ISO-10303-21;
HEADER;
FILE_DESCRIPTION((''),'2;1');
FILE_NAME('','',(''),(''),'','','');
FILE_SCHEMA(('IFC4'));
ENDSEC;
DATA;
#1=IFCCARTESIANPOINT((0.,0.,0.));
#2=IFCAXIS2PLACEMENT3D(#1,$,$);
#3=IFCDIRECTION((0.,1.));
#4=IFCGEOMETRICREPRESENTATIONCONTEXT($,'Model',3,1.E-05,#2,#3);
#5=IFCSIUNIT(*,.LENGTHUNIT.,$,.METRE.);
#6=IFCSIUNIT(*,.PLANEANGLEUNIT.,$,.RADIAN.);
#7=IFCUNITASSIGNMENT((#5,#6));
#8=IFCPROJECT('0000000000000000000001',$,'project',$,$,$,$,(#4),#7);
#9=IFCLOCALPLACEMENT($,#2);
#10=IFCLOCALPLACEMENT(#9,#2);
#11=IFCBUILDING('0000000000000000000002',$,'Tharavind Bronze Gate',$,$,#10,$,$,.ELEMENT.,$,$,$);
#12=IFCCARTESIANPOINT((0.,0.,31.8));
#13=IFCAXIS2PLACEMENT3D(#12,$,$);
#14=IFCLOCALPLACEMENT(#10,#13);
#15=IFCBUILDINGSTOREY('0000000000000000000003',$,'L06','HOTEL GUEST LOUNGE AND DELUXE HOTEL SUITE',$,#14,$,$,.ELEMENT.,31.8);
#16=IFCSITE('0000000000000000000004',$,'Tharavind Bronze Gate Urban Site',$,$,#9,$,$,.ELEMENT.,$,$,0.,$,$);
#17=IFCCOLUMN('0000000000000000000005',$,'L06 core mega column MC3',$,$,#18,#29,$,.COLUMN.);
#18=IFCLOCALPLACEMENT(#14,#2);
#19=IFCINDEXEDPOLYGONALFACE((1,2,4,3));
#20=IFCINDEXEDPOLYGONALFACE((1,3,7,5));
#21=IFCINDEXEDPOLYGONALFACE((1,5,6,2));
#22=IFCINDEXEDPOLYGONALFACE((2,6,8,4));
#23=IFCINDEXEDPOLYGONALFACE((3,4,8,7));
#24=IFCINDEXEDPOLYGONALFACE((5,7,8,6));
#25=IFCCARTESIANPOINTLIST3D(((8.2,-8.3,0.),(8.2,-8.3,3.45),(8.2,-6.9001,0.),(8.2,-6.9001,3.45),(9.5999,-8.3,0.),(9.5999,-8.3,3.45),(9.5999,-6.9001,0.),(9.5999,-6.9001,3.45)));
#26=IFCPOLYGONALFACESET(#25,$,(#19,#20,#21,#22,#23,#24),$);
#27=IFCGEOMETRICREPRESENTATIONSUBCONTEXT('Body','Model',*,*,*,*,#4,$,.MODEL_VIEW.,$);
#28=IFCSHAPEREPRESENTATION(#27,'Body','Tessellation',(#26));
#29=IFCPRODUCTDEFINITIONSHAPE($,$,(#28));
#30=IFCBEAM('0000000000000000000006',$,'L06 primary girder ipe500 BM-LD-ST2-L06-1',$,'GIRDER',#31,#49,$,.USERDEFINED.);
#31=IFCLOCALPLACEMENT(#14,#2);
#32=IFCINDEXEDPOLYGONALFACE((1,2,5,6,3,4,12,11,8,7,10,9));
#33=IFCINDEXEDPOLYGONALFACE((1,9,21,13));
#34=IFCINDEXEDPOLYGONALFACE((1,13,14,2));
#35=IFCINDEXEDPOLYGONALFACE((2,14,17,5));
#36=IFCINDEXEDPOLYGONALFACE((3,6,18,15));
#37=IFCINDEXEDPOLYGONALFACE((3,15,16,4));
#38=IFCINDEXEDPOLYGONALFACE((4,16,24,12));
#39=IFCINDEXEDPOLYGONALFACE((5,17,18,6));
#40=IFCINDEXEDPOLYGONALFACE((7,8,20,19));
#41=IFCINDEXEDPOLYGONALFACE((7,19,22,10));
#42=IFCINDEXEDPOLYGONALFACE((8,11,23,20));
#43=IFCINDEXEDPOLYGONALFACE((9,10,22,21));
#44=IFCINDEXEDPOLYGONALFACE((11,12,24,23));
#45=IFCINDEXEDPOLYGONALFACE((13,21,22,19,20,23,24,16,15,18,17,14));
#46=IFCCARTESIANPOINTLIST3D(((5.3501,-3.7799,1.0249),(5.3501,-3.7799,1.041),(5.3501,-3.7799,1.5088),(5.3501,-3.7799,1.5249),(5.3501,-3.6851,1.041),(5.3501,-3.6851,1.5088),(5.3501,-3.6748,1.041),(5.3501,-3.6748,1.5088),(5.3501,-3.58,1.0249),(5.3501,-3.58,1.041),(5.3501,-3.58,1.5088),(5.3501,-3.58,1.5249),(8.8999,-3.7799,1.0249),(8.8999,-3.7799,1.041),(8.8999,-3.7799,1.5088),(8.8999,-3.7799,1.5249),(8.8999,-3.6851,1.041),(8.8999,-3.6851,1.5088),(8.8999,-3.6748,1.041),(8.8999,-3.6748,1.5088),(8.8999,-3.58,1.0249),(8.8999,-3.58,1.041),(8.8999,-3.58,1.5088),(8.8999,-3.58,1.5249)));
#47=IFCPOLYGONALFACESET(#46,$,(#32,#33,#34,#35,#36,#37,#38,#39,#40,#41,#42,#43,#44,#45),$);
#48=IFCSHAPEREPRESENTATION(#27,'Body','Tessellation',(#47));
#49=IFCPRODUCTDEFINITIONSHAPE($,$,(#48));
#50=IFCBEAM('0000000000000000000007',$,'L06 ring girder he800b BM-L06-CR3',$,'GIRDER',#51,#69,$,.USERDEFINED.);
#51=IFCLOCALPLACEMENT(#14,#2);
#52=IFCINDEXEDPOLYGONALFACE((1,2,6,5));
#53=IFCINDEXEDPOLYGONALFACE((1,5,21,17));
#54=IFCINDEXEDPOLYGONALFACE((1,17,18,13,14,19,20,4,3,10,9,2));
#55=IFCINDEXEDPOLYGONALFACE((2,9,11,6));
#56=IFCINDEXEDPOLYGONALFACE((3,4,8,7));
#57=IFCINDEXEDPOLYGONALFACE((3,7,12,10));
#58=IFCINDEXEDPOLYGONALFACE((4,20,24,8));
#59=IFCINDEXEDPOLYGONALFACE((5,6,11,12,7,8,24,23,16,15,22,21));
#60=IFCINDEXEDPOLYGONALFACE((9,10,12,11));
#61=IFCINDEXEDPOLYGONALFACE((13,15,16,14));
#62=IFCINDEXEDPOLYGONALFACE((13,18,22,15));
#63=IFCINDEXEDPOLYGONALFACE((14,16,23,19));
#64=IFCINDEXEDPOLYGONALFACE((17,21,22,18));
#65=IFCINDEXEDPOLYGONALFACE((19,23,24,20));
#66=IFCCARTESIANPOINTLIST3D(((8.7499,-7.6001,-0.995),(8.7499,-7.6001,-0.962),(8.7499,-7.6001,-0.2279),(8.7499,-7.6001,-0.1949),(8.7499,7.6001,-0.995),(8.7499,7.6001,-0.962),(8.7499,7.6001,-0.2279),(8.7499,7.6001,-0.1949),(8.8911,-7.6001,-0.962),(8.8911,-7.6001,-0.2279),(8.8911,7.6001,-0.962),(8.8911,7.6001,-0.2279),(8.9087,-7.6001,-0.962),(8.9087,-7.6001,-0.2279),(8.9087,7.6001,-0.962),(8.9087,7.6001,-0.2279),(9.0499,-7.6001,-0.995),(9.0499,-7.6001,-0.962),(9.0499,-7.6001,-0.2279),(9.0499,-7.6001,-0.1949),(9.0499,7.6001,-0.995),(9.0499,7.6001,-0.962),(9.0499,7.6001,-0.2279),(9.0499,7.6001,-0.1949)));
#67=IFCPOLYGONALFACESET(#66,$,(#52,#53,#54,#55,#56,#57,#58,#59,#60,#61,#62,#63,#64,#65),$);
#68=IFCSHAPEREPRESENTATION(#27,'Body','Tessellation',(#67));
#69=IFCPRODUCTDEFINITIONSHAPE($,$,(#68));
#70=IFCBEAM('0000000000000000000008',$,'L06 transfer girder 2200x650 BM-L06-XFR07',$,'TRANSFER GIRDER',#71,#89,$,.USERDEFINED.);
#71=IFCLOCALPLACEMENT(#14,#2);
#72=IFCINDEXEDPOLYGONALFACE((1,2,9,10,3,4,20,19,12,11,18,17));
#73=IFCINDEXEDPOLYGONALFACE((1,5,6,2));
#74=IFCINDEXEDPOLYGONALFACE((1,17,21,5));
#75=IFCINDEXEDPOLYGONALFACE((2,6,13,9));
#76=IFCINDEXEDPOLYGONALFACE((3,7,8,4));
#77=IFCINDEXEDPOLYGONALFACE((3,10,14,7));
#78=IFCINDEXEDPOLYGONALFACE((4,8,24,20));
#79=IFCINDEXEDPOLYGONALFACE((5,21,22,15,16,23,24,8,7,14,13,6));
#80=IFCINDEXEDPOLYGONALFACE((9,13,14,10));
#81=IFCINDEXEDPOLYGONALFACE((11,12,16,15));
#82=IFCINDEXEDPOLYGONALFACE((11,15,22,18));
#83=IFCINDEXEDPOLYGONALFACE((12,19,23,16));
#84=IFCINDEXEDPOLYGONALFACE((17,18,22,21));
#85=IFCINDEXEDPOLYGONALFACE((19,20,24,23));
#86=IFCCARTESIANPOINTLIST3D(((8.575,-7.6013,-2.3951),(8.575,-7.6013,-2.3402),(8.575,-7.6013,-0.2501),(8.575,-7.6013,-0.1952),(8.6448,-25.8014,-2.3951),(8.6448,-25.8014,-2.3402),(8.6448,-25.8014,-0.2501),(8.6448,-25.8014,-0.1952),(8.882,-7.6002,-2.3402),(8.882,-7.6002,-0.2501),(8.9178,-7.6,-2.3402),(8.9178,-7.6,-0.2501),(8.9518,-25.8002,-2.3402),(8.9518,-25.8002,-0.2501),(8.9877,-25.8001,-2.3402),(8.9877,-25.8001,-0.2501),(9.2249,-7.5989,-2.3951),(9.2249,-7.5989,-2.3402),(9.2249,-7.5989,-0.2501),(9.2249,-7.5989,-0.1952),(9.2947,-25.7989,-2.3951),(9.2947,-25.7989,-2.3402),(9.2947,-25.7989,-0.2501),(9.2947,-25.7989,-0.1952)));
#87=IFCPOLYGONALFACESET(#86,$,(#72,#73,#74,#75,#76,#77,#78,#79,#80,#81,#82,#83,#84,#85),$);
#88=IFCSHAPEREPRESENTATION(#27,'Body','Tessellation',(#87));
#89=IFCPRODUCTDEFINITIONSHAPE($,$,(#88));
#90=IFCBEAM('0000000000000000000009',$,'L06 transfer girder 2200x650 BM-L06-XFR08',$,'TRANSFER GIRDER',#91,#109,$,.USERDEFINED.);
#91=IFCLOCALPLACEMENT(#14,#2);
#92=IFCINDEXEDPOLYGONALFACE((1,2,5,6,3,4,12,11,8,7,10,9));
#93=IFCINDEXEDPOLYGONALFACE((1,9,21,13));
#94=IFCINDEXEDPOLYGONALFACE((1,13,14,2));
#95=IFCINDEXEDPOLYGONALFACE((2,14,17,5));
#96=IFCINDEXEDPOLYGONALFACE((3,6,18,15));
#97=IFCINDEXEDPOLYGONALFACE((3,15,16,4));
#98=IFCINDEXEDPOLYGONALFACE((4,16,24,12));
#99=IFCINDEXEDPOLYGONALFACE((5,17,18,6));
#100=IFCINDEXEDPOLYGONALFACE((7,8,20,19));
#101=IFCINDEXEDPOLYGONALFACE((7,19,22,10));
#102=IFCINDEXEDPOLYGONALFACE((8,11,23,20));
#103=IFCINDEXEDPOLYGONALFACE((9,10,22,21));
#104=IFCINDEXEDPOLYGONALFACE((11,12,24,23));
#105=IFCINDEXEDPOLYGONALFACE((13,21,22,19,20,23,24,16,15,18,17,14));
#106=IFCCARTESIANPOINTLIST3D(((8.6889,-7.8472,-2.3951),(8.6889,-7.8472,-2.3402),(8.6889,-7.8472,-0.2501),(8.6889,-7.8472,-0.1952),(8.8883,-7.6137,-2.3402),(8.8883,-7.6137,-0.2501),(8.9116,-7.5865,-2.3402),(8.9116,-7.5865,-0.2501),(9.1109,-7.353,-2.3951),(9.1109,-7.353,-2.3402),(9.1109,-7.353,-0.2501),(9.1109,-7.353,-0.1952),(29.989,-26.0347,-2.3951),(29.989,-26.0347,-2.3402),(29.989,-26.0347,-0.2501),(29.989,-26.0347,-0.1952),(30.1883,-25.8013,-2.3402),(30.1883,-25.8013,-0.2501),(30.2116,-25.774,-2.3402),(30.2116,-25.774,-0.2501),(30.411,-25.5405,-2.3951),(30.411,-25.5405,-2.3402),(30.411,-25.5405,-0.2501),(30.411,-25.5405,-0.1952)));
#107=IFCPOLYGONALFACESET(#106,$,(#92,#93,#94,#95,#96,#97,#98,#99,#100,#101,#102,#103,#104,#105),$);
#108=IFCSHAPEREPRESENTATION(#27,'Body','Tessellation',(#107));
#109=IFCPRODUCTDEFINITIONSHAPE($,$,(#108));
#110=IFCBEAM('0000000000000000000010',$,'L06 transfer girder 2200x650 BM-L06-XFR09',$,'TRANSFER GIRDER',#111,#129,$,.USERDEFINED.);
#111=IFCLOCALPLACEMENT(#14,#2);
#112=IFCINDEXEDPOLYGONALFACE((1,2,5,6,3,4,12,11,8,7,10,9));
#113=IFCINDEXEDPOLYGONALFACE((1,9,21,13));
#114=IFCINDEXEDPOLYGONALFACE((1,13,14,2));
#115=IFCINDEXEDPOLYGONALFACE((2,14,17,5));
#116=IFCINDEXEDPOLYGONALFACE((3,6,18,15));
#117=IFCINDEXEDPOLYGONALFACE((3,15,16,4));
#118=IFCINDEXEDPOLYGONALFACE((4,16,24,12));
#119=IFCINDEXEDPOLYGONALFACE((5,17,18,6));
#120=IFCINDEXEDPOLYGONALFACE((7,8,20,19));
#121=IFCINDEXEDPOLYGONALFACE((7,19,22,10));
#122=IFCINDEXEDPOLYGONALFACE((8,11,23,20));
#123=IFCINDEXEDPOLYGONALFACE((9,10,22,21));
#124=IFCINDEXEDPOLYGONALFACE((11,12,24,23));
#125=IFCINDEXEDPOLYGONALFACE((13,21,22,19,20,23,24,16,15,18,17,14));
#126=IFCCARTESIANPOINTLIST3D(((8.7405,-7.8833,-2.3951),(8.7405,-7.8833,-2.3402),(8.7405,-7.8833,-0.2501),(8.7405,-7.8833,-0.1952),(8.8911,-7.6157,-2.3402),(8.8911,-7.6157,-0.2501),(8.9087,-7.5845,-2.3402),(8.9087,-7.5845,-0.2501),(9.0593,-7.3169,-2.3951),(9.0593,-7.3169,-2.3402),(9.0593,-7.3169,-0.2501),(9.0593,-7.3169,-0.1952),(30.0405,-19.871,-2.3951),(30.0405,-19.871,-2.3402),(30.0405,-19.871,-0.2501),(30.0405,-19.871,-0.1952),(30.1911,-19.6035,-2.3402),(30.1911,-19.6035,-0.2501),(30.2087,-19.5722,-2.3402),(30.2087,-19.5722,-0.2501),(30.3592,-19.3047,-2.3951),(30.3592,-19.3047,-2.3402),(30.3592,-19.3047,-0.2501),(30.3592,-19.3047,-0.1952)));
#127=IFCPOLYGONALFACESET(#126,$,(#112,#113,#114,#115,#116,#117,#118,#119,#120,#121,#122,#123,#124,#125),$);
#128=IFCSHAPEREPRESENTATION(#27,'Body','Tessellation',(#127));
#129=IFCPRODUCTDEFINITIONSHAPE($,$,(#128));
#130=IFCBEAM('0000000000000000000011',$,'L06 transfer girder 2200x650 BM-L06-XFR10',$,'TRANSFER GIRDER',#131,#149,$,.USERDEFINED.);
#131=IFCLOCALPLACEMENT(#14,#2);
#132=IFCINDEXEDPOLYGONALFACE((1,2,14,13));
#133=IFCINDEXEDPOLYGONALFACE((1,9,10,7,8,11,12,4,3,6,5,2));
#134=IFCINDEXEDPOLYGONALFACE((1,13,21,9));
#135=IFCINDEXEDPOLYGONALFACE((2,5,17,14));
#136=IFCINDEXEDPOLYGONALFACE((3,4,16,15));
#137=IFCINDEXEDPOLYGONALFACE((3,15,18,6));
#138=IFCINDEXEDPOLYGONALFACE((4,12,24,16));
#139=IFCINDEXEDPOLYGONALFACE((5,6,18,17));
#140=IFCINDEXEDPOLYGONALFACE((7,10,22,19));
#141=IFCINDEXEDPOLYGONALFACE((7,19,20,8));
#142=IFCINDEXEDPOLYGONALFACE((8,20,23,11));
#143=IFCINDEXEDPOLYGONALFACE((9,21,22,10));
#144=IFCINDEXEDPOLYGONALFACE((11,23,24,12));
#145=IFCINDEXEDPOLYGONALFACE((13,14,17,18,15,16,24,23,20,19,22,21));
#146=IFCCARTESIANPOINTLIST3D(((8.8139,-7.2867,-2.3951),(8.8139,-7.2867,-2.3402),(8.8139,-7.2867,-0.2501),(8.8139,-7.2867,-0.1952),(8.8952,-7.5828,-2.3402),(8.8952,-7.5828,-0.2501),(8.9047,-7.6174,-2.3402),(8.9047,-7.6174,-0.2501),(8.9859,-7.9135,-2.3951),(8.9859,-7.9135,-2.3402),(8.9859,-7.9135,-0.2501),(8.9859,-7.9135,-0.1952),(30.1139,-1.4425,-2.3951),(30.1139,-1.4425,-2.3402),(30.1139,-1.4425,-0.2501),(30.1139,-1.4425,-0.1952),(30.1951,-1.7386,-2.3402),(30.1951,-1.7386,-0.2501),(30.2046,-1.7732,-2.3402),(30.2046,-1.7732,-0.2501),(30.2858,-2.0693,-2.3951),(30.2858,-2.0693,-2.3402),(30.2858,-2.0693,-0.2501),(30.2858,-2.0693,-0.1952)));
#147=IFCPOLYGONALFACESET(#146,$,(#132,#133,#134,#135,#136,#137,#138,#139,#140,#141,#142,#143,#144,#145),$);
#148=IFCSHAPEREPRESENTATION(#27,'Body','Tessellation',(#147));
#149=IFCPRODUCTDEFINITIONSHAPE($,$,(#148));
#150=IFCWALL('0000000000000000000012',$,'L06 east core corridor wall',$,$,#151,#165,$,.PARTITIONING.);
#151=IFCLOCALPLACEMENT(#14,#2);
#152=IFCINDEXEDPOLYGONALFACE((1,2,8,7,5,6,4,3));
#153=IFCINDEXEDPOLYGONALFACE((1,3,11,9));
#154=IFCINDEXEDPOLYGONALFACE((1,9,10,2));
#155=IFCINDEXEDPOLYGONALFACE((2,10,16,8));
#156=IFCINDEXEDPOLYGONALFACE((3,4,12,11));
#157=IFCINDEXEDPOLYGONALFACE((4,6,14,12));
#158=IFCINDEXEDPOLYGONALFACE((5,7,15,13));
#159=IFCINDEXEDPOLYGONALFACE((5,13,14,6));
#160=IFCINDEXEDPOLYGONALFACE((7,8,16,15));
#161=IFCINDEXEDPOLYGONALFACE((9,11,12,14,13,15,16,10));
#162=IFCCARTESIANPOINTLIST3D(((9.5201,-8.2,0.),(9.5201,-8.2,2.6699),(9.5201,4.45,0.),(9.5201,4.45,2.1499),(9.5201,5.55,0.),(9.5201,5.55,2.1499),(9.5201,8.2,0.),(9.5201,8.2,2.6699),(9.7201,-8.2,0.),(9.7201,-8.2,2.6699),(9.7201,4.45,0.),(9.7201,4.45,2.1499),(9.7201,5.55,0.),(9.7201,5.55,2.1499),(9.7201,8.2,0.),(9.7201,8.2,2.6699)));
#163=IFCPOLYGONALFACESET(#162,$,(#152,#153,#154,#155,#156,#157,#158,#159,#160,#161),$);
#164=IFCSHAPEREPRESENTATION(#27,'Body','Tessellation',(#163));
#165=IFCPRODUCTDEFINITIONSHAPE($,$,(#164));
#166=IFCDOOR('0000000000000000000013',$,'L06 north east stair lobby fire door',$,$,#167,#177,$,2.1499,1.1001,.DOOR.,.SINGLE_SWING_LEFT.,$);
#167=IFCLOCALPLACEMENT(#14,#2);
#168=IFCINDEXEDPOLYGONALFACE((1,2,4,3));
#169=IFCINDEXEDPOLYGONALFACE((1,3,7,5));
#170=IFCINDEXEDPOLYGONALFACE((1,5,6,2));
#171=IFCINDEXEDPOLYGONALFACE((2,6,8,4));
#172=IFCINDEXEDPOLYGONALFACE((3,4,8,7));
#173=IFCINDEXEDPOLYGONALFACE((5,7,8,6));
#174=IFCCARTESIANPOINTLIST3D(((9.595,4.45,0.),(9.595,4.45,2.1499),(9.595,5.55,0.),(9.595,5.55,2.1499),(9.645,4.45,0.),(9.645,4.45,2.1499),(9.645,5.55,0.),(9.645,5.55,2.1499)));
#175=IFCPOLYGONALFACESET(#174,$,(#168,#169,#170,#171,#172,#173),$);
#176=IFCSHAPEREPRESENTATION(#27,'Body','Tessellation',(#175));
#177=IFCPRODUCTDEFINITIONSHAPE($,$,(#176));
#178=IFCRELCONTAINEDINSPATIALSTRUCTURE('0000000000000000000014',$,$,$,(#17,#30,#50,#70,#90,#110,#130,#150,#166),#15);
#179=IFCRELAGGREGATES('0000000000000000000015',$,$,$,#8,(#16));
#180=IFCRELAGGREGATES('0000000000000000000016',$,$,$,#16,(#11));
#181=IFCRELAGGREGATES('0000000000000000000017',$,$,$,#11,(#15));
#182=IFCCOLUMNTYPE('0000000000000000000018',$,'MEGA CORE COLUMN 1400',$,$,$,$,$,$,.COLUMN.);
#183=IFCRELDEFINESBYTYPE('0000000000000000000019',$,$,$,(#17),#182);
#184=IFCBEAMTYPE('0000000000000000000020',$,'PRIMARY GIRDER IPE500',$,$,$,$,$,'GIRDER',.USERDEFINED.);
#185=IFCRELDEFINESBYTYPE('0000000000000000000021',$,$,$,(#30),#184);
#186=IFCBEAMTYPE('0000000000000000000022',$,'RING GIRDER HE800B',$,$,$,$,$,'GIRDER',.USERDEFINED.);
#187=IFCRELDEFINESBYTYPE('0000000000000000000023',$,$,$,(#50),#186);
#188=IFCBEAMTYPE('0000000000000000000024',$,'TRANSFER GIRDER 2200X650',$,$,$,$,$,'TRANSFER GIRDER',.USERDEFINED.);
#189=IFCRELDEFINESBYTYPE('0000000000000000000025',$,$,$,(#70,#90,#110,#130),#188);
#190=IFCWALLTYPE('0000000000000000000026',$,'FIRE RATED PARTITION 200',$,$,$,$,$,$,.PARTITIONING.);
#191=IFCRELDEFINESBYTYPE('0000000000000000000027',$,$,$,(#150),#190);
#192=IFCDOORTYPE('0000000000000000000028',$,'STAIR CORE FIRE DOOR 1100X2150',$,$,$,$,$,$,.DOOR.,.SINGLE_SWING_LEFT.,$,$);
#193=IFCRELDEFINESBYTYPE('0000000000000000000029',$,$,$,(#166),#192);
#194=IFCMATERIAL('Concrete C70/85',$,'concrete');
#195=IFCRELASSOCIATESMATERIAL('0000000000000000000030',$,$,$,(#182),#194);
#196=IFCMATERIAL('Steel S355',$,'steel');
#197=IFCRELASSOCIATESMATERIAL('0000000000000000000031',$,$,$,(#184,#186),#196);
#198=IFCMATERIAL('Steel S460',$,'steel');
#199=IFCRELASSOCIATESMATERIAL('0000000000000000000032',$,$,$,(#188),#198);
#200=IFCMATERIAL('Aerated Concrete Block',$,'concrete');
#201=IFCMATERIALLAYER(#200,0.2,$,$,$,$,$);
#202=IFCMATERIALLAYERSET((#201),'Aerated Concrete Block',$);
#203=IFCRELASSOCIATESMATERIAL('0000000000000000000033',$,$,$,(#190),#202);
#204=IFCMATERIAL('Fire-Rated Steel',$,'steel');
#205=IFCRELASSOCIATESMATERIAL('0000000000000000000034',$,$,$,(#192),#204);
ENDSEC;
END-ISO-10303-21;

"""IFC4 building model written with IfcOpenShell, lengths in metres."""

from ifc_helpers import new_model, si_unit, direction, frame, frame_2d, origin, origin_2d, place, context, subcontext, project, spatial, rectangle, i_section, extrude, material, layer, layer_set, material_profile, profile_set, type_object, element, fill, save


model = new_model("IFC4")

# Units and contexts
model_context = context("Model", 3, precision=1e-05, world=origin(), true_north=direction((0.0, 1.0)))
body_context = subcontext(model_context, "Body", "Model", "MODEL_VIEW")
ifc_project = project(units=[si_unit("LENGTHUNIT", "METRE"), si_unit("PLANEANGLEUNIT", "RADIAN")], contexts=[model_context])

# Site, building, storey
site_placement = place(None, origin())
site = spatial("IfcSite", under=ifc_project, at=site_placement, Name="Tharavind Bronze Gate Urban Site", CompositionType="ELEMENT", RefElevation=0.0)
building_placement = place(site_placement, origin())
building = spatial("IfcBuilding", under=site, at=building_placement, Name="Tharavind Bronze Gate", CompositionType="ELEMENT")
storey_placement = place(building_placement, frame((0.0, 0.0, 31.8)))
storey = spatial("IfcBuildingStorey", under=building, at=storey_placement, Name="L06", Description="HOTEL GUEST LOUNGE AND DELUXE HOTEL SUITE", CompositionType="ELEMENT", Elevation=31.8)

# Column
ifc_material_1 = material(Name="Concrete C70/85", Category="concrete")
ifc_material_profile_1 = material_profile(ifc_material_1, rectangle(XDim=1.3999, YDim=1.3999, at=origin_2d()), Name="RCCOL1400")
ifc_profile_set_1 = profile_set([ifc_material_profile_1], Name="Concrete C70/85")
column_type = type_object("IfcColumnType", Name="MEGA CORE COLUMN 1400", PredefinedType="COLUMN", material=ifc_profile_set_1)
column_placement = place(storey_placement, frame((8.8999, -7.6001, 0.0), z_axis=(0.0, 0.0, 1.0), x_axis=(1.0, 0.0, 0.0)))
element("IfcColumn", 1, at=column_placement, inside=storey, type_object=column_type, Name="L06 core mega column MC3", PredefinedType="COLUMN", context=body_context, shape_type="SweptSolid", body=[
    extrude(rectangle(XDim=1.3999, YDim=1.3999, at=origin_2d()), origin(), (0.0, 0.0, 1.0), 3.45),
])

# Beams
ifc_material_2 = material(Name="Steel S355", Category="steel")
ifc_material_profile_2 = material_profile(ifc_material_2, i_section(OverallWidth=0.2, OverallDepth=0.5, WebThickness=0.0103, FlangeThickness=0.0161, at=origin_2d()), Name="IPE500")
ifc_profile_set_2 = profile_set([ifc_material_profile_2], Name="Steel S355")
beam_type_1 = type_object("IfcBeamType", Name="PRIMARY GIRDER IPE500", ElementType="GIRDER", PredefinedType="USERDEFINED", material=ifc_profile_set_2)
beam_1_placement = place(storey_placement, frame((5.3501, -3.6799, 1.2749), z_axis=(1.0, 0.0, 0.0), x_axis=(0.0, 1.0, 0.0)))
element("IfcBeam", 2, at=beam_1_placement, inside=storey, type_object=beam_type_1, Name="L06 primary girder ipe500 BM-LD-ST2-L06-1", ObjectType="GIRDER", PredefinedType="USERDEFINED", context=body_context, shape_type="SweptSolid", body=[
    extrude(i_section(OverallWidth=0.2, OverallDepth=0.5, WebThickness=0.0103, FlangeThickness=0.0161, at=origin_2d()), origin(), (0.0, 0.0, 1.0), 3.5498),
])
ifc_material_profile_3 = material_profile(ifc_material_2, i_section(OverallWidth=0.3, OverallDepth=0.8, WebThickness=0.0176, FlangeThickness=0.033, at=origin_2d()), Name="HE800B")
ifc_profile_set_3 = profile_set([ifc_material_profile_3], Name="Steel S355")
beam_type_2 = type_object("IfcBeamType", Name="RING GIRDER HE800B", ElementType="GIRDER", PredefinedType="USERDEFINED", material=ifc_profile_set_3)
beam_2_placement = place(storey_placement, frame((8.8999, -7.6001, -0.595), z_axis=(0.0, 1.0, 0.0), x_axis=(-1.0, 0.0, 0.0)))
element("IfcBeam", 3, at=beam_2_placement, inside=storey, type_object=beam_type_2, Name="L06 ring girder he800b BM-L06-CR3", ObjectType="GIRDER", PredefinedType="USERDEFINED", context=body_context, shape_type="SweptSolid", body=[
    extrude(i_section(OverallWidth=0.3, OverallDepth=0.8, WebThickness=0.0176, FlangeThickness=0.033, at=origin_2d()), origin(), (0.0, 0.0, 1.0), 15.2002),
])
ifc_material_3 = material(Name="Steel S460", Category="steel")
ifc_material_profile_4 = material_profile(ifc_material_3, i_section(OverallWidth=0.6499, OverallDepth=2.2, WebThickness=0.0359, FlangeThickness=0.0549, at=origin_2d()), Name="PG2200X650")
ifc_profile_set_4 = profile_set([ifc_material_profile_4], Name="Steel S460")
beam_type_3 = type_object("IfcBeamType", Name="TRANSFER GIRDER 2200X650", ElementType="TRANSFER GIRDER", PredefinedType="USERDEFINED", material=ifc_profile_set_4)
beam_3_placement = place(storey_placement, frame((8.8999, -7.6001, -1.2952), z_axis=(0.003836, -0.999993, 0.0), x_axis=(0.999993, 0.003836, 0.0)))
element("IfcBeam", 4, at=beam_3_placement, inside=storey, type_object=beam_type_3, Name="L06 transfer girder 2200x650 BM-L06-XFR07", ObjectType="TRANSFER GIRDER", PredefinedType="USERDEFINED", context=body_context, shape_type="SweptSolid", body=[
    extrude(i_section(OverallWidth=0.6499, OverallDepth=2.2, WebThickness=0.0359, FlangeThickness=0.0549, at=origin_2d()), origin(), (0.0, 0.0, 1.0), 18.2002),
])
beam_4_placement = place(storey_placement, frame((8.8999, -7.6001, -1.2952), z_axis=(0.760485, -0.649356, 0.0), x_axis=(0.649356, 0.760485, 0.0)))
element("IfcBeam", 5, at=beam_4_placement, inside=storey, type_object=beam_type_3, Name="L06 transfer girder 2200x650 BM-L06-XFR08", ObjectType="TRANSFER GIRDER", PredefinedType="USERDEFINED", context=body_context, shape_type="SweptSolid", body=[
    extrude(i_section(OverallWidth=0.6499, OverallDepth=2.2, WebThickness=0.0359, FlangeThickness=0.0549, at=origin_2d()), origin(), (0.0, 0.0, 1.0), 28.0085),
])
beam_5_placement = place(storey_placement, frame((8.8999, -7.6001, -1.2952), z_axis=(0.871462, -0.490464, 0.0), x_axis=(0.490464, 0.871462, 0.0)))
element("IfcBeam", 6, at=beam_5_placement, inside=storey, type_object=beam_type_3, Name="L06 transfer girder 2200x650 BM-L06-XFR09", ObjectType="TRANSFER GIRDER", PredefinedType="USERDEFINED", context=body_context, shape_type="SweptSolid", body=[
    extrude(i_section(OverallWidth=0.6499, OverallDepth=2.2, WebThickness=0.0359, FlangeThickness=0.0549, at=origin_2d()), origin(), (0.0, 0.0, 1.0), 24.4417),
])
beam_6_placement = place(storey_placement, frame((8.8999, -7.6001, -1.2952), z_axis=(0.964359, 0.264598, 0.0), x_axis=(-0.264598, 0.964359, 0.0)))
element("IfcBeam", 7, at=beam_6_placement, inside=storey, type_object=beam_type_3, Name="L06 transfer girder 2200x650 BM-L06-XFR10", ObjectType="TRANSFER GIRDER", PredefinedType="USERDEFINED", context=body_context, shape_type="SweptSolid", body=[
    extrude(i_section(OverallWidth=0.6499, OverallDepth=2.2, WebThickness=0.0359, FlangeThickness=0.0549, at=origin_2d()), origin(), (0.0, 0.0, 1.0), 22.0872),
])

# Wall, opening, door
ifc_material_4 = material(Name="Aerated Concrete Block", Category="concrete")
ifc_layer_1 = layer(ifc_material_4, 0.2)
ifc_layer_set_1 = layer_set([ifc_layer_1], Name="Aerated Concrete Block")
wall_type_1 = type_object("IfcWallType", Name="FIRE RATED PARTITION 200", PredefinedType="PARTITIONING", material=ifc_layer_set_1)
wall_1_placement = place(storey_placement, frame((9.6201, -8.2, 0.0), z_axis=(0.0, 0.0, 1.0), x_axis=(0.0, 1.0, 0.0)))
wall_1 = element("IfcWall", 8, at=wall_1_placement, inside=storey, type_object=wall_type_1, Name="L06 east core corridor wall", PredefinedType="PARTITIONING", context=body_context, shape_type="SweptSolid", body=[
    extrude(rectangle(XDim=16.3999, YDim=0.2, at=frame_2d((8.2, 0.0))), origin(), (0.0, 0.0, 1.0), 2.6699),
])
opening_1_placement = place(wall_1_placement, frame((12.6499, 0.0, 0.0)))
opening_1 = element("IfcOpeningElement", 9, at=opening_1_placement, cuts=wall_1, PredefinedType="OPENING", context=body_context, shape_type="SweptSolid", body=[
    extrude(rectangle(XDim=1.1001, YDim=2.1499, at=frame_2d((0.55, 1.075))), frame((0.0, 0.1101, 0.0), z_axis=(0.0, -1.0, 0.0), x_axis=(1.0, 0.0, 0.0)), (0.0, 0.0, 1.0), 0.22),
])
ifc_material_5 = material(Name="Fire-Rated Steel", Category="steel")
door_type_1 = type_object("IfcDoorType", Name="STAIR CORE FIRE DOOR 1100X2150", OperationType="SINGLE_SWING_LEFT", PredefinedType="DOOR", material=ifc_material_5)
door_1_placement = place(opening_1_placement, frame((1.1001, 0.0, 0.0), z_axis=(0.0, 0.0, 1.0), x_axis=(-1.0, 0.0, 0.0)))
door_1 = element("IfcDoor", 10, at=door_1_placement, inside=storey, type_object=door_type_1, Name="L06 north east stair lobby fire door", OperationType="SINGLE_SWING_LEFT", OverallHeight=2.1499, OverallWidth=1.1001, PredefinedType="DOOR", context=body_context, shape_type="SweptSolid", body=[
    extrude(rectangle(XDim=1.1001, YDim=2.1499, at=frame_2d((0.55, 1.075))), frame((0.0, 0.0249, 0.0), z_axis=(0.0, -1.0, 0.0), x_axis=(1.0, 0.0, 0.0)), (0.0, 0.0, 1.0), 0.05),
])
fill(opening_1, door_1)

save(model, "model.ifc")
